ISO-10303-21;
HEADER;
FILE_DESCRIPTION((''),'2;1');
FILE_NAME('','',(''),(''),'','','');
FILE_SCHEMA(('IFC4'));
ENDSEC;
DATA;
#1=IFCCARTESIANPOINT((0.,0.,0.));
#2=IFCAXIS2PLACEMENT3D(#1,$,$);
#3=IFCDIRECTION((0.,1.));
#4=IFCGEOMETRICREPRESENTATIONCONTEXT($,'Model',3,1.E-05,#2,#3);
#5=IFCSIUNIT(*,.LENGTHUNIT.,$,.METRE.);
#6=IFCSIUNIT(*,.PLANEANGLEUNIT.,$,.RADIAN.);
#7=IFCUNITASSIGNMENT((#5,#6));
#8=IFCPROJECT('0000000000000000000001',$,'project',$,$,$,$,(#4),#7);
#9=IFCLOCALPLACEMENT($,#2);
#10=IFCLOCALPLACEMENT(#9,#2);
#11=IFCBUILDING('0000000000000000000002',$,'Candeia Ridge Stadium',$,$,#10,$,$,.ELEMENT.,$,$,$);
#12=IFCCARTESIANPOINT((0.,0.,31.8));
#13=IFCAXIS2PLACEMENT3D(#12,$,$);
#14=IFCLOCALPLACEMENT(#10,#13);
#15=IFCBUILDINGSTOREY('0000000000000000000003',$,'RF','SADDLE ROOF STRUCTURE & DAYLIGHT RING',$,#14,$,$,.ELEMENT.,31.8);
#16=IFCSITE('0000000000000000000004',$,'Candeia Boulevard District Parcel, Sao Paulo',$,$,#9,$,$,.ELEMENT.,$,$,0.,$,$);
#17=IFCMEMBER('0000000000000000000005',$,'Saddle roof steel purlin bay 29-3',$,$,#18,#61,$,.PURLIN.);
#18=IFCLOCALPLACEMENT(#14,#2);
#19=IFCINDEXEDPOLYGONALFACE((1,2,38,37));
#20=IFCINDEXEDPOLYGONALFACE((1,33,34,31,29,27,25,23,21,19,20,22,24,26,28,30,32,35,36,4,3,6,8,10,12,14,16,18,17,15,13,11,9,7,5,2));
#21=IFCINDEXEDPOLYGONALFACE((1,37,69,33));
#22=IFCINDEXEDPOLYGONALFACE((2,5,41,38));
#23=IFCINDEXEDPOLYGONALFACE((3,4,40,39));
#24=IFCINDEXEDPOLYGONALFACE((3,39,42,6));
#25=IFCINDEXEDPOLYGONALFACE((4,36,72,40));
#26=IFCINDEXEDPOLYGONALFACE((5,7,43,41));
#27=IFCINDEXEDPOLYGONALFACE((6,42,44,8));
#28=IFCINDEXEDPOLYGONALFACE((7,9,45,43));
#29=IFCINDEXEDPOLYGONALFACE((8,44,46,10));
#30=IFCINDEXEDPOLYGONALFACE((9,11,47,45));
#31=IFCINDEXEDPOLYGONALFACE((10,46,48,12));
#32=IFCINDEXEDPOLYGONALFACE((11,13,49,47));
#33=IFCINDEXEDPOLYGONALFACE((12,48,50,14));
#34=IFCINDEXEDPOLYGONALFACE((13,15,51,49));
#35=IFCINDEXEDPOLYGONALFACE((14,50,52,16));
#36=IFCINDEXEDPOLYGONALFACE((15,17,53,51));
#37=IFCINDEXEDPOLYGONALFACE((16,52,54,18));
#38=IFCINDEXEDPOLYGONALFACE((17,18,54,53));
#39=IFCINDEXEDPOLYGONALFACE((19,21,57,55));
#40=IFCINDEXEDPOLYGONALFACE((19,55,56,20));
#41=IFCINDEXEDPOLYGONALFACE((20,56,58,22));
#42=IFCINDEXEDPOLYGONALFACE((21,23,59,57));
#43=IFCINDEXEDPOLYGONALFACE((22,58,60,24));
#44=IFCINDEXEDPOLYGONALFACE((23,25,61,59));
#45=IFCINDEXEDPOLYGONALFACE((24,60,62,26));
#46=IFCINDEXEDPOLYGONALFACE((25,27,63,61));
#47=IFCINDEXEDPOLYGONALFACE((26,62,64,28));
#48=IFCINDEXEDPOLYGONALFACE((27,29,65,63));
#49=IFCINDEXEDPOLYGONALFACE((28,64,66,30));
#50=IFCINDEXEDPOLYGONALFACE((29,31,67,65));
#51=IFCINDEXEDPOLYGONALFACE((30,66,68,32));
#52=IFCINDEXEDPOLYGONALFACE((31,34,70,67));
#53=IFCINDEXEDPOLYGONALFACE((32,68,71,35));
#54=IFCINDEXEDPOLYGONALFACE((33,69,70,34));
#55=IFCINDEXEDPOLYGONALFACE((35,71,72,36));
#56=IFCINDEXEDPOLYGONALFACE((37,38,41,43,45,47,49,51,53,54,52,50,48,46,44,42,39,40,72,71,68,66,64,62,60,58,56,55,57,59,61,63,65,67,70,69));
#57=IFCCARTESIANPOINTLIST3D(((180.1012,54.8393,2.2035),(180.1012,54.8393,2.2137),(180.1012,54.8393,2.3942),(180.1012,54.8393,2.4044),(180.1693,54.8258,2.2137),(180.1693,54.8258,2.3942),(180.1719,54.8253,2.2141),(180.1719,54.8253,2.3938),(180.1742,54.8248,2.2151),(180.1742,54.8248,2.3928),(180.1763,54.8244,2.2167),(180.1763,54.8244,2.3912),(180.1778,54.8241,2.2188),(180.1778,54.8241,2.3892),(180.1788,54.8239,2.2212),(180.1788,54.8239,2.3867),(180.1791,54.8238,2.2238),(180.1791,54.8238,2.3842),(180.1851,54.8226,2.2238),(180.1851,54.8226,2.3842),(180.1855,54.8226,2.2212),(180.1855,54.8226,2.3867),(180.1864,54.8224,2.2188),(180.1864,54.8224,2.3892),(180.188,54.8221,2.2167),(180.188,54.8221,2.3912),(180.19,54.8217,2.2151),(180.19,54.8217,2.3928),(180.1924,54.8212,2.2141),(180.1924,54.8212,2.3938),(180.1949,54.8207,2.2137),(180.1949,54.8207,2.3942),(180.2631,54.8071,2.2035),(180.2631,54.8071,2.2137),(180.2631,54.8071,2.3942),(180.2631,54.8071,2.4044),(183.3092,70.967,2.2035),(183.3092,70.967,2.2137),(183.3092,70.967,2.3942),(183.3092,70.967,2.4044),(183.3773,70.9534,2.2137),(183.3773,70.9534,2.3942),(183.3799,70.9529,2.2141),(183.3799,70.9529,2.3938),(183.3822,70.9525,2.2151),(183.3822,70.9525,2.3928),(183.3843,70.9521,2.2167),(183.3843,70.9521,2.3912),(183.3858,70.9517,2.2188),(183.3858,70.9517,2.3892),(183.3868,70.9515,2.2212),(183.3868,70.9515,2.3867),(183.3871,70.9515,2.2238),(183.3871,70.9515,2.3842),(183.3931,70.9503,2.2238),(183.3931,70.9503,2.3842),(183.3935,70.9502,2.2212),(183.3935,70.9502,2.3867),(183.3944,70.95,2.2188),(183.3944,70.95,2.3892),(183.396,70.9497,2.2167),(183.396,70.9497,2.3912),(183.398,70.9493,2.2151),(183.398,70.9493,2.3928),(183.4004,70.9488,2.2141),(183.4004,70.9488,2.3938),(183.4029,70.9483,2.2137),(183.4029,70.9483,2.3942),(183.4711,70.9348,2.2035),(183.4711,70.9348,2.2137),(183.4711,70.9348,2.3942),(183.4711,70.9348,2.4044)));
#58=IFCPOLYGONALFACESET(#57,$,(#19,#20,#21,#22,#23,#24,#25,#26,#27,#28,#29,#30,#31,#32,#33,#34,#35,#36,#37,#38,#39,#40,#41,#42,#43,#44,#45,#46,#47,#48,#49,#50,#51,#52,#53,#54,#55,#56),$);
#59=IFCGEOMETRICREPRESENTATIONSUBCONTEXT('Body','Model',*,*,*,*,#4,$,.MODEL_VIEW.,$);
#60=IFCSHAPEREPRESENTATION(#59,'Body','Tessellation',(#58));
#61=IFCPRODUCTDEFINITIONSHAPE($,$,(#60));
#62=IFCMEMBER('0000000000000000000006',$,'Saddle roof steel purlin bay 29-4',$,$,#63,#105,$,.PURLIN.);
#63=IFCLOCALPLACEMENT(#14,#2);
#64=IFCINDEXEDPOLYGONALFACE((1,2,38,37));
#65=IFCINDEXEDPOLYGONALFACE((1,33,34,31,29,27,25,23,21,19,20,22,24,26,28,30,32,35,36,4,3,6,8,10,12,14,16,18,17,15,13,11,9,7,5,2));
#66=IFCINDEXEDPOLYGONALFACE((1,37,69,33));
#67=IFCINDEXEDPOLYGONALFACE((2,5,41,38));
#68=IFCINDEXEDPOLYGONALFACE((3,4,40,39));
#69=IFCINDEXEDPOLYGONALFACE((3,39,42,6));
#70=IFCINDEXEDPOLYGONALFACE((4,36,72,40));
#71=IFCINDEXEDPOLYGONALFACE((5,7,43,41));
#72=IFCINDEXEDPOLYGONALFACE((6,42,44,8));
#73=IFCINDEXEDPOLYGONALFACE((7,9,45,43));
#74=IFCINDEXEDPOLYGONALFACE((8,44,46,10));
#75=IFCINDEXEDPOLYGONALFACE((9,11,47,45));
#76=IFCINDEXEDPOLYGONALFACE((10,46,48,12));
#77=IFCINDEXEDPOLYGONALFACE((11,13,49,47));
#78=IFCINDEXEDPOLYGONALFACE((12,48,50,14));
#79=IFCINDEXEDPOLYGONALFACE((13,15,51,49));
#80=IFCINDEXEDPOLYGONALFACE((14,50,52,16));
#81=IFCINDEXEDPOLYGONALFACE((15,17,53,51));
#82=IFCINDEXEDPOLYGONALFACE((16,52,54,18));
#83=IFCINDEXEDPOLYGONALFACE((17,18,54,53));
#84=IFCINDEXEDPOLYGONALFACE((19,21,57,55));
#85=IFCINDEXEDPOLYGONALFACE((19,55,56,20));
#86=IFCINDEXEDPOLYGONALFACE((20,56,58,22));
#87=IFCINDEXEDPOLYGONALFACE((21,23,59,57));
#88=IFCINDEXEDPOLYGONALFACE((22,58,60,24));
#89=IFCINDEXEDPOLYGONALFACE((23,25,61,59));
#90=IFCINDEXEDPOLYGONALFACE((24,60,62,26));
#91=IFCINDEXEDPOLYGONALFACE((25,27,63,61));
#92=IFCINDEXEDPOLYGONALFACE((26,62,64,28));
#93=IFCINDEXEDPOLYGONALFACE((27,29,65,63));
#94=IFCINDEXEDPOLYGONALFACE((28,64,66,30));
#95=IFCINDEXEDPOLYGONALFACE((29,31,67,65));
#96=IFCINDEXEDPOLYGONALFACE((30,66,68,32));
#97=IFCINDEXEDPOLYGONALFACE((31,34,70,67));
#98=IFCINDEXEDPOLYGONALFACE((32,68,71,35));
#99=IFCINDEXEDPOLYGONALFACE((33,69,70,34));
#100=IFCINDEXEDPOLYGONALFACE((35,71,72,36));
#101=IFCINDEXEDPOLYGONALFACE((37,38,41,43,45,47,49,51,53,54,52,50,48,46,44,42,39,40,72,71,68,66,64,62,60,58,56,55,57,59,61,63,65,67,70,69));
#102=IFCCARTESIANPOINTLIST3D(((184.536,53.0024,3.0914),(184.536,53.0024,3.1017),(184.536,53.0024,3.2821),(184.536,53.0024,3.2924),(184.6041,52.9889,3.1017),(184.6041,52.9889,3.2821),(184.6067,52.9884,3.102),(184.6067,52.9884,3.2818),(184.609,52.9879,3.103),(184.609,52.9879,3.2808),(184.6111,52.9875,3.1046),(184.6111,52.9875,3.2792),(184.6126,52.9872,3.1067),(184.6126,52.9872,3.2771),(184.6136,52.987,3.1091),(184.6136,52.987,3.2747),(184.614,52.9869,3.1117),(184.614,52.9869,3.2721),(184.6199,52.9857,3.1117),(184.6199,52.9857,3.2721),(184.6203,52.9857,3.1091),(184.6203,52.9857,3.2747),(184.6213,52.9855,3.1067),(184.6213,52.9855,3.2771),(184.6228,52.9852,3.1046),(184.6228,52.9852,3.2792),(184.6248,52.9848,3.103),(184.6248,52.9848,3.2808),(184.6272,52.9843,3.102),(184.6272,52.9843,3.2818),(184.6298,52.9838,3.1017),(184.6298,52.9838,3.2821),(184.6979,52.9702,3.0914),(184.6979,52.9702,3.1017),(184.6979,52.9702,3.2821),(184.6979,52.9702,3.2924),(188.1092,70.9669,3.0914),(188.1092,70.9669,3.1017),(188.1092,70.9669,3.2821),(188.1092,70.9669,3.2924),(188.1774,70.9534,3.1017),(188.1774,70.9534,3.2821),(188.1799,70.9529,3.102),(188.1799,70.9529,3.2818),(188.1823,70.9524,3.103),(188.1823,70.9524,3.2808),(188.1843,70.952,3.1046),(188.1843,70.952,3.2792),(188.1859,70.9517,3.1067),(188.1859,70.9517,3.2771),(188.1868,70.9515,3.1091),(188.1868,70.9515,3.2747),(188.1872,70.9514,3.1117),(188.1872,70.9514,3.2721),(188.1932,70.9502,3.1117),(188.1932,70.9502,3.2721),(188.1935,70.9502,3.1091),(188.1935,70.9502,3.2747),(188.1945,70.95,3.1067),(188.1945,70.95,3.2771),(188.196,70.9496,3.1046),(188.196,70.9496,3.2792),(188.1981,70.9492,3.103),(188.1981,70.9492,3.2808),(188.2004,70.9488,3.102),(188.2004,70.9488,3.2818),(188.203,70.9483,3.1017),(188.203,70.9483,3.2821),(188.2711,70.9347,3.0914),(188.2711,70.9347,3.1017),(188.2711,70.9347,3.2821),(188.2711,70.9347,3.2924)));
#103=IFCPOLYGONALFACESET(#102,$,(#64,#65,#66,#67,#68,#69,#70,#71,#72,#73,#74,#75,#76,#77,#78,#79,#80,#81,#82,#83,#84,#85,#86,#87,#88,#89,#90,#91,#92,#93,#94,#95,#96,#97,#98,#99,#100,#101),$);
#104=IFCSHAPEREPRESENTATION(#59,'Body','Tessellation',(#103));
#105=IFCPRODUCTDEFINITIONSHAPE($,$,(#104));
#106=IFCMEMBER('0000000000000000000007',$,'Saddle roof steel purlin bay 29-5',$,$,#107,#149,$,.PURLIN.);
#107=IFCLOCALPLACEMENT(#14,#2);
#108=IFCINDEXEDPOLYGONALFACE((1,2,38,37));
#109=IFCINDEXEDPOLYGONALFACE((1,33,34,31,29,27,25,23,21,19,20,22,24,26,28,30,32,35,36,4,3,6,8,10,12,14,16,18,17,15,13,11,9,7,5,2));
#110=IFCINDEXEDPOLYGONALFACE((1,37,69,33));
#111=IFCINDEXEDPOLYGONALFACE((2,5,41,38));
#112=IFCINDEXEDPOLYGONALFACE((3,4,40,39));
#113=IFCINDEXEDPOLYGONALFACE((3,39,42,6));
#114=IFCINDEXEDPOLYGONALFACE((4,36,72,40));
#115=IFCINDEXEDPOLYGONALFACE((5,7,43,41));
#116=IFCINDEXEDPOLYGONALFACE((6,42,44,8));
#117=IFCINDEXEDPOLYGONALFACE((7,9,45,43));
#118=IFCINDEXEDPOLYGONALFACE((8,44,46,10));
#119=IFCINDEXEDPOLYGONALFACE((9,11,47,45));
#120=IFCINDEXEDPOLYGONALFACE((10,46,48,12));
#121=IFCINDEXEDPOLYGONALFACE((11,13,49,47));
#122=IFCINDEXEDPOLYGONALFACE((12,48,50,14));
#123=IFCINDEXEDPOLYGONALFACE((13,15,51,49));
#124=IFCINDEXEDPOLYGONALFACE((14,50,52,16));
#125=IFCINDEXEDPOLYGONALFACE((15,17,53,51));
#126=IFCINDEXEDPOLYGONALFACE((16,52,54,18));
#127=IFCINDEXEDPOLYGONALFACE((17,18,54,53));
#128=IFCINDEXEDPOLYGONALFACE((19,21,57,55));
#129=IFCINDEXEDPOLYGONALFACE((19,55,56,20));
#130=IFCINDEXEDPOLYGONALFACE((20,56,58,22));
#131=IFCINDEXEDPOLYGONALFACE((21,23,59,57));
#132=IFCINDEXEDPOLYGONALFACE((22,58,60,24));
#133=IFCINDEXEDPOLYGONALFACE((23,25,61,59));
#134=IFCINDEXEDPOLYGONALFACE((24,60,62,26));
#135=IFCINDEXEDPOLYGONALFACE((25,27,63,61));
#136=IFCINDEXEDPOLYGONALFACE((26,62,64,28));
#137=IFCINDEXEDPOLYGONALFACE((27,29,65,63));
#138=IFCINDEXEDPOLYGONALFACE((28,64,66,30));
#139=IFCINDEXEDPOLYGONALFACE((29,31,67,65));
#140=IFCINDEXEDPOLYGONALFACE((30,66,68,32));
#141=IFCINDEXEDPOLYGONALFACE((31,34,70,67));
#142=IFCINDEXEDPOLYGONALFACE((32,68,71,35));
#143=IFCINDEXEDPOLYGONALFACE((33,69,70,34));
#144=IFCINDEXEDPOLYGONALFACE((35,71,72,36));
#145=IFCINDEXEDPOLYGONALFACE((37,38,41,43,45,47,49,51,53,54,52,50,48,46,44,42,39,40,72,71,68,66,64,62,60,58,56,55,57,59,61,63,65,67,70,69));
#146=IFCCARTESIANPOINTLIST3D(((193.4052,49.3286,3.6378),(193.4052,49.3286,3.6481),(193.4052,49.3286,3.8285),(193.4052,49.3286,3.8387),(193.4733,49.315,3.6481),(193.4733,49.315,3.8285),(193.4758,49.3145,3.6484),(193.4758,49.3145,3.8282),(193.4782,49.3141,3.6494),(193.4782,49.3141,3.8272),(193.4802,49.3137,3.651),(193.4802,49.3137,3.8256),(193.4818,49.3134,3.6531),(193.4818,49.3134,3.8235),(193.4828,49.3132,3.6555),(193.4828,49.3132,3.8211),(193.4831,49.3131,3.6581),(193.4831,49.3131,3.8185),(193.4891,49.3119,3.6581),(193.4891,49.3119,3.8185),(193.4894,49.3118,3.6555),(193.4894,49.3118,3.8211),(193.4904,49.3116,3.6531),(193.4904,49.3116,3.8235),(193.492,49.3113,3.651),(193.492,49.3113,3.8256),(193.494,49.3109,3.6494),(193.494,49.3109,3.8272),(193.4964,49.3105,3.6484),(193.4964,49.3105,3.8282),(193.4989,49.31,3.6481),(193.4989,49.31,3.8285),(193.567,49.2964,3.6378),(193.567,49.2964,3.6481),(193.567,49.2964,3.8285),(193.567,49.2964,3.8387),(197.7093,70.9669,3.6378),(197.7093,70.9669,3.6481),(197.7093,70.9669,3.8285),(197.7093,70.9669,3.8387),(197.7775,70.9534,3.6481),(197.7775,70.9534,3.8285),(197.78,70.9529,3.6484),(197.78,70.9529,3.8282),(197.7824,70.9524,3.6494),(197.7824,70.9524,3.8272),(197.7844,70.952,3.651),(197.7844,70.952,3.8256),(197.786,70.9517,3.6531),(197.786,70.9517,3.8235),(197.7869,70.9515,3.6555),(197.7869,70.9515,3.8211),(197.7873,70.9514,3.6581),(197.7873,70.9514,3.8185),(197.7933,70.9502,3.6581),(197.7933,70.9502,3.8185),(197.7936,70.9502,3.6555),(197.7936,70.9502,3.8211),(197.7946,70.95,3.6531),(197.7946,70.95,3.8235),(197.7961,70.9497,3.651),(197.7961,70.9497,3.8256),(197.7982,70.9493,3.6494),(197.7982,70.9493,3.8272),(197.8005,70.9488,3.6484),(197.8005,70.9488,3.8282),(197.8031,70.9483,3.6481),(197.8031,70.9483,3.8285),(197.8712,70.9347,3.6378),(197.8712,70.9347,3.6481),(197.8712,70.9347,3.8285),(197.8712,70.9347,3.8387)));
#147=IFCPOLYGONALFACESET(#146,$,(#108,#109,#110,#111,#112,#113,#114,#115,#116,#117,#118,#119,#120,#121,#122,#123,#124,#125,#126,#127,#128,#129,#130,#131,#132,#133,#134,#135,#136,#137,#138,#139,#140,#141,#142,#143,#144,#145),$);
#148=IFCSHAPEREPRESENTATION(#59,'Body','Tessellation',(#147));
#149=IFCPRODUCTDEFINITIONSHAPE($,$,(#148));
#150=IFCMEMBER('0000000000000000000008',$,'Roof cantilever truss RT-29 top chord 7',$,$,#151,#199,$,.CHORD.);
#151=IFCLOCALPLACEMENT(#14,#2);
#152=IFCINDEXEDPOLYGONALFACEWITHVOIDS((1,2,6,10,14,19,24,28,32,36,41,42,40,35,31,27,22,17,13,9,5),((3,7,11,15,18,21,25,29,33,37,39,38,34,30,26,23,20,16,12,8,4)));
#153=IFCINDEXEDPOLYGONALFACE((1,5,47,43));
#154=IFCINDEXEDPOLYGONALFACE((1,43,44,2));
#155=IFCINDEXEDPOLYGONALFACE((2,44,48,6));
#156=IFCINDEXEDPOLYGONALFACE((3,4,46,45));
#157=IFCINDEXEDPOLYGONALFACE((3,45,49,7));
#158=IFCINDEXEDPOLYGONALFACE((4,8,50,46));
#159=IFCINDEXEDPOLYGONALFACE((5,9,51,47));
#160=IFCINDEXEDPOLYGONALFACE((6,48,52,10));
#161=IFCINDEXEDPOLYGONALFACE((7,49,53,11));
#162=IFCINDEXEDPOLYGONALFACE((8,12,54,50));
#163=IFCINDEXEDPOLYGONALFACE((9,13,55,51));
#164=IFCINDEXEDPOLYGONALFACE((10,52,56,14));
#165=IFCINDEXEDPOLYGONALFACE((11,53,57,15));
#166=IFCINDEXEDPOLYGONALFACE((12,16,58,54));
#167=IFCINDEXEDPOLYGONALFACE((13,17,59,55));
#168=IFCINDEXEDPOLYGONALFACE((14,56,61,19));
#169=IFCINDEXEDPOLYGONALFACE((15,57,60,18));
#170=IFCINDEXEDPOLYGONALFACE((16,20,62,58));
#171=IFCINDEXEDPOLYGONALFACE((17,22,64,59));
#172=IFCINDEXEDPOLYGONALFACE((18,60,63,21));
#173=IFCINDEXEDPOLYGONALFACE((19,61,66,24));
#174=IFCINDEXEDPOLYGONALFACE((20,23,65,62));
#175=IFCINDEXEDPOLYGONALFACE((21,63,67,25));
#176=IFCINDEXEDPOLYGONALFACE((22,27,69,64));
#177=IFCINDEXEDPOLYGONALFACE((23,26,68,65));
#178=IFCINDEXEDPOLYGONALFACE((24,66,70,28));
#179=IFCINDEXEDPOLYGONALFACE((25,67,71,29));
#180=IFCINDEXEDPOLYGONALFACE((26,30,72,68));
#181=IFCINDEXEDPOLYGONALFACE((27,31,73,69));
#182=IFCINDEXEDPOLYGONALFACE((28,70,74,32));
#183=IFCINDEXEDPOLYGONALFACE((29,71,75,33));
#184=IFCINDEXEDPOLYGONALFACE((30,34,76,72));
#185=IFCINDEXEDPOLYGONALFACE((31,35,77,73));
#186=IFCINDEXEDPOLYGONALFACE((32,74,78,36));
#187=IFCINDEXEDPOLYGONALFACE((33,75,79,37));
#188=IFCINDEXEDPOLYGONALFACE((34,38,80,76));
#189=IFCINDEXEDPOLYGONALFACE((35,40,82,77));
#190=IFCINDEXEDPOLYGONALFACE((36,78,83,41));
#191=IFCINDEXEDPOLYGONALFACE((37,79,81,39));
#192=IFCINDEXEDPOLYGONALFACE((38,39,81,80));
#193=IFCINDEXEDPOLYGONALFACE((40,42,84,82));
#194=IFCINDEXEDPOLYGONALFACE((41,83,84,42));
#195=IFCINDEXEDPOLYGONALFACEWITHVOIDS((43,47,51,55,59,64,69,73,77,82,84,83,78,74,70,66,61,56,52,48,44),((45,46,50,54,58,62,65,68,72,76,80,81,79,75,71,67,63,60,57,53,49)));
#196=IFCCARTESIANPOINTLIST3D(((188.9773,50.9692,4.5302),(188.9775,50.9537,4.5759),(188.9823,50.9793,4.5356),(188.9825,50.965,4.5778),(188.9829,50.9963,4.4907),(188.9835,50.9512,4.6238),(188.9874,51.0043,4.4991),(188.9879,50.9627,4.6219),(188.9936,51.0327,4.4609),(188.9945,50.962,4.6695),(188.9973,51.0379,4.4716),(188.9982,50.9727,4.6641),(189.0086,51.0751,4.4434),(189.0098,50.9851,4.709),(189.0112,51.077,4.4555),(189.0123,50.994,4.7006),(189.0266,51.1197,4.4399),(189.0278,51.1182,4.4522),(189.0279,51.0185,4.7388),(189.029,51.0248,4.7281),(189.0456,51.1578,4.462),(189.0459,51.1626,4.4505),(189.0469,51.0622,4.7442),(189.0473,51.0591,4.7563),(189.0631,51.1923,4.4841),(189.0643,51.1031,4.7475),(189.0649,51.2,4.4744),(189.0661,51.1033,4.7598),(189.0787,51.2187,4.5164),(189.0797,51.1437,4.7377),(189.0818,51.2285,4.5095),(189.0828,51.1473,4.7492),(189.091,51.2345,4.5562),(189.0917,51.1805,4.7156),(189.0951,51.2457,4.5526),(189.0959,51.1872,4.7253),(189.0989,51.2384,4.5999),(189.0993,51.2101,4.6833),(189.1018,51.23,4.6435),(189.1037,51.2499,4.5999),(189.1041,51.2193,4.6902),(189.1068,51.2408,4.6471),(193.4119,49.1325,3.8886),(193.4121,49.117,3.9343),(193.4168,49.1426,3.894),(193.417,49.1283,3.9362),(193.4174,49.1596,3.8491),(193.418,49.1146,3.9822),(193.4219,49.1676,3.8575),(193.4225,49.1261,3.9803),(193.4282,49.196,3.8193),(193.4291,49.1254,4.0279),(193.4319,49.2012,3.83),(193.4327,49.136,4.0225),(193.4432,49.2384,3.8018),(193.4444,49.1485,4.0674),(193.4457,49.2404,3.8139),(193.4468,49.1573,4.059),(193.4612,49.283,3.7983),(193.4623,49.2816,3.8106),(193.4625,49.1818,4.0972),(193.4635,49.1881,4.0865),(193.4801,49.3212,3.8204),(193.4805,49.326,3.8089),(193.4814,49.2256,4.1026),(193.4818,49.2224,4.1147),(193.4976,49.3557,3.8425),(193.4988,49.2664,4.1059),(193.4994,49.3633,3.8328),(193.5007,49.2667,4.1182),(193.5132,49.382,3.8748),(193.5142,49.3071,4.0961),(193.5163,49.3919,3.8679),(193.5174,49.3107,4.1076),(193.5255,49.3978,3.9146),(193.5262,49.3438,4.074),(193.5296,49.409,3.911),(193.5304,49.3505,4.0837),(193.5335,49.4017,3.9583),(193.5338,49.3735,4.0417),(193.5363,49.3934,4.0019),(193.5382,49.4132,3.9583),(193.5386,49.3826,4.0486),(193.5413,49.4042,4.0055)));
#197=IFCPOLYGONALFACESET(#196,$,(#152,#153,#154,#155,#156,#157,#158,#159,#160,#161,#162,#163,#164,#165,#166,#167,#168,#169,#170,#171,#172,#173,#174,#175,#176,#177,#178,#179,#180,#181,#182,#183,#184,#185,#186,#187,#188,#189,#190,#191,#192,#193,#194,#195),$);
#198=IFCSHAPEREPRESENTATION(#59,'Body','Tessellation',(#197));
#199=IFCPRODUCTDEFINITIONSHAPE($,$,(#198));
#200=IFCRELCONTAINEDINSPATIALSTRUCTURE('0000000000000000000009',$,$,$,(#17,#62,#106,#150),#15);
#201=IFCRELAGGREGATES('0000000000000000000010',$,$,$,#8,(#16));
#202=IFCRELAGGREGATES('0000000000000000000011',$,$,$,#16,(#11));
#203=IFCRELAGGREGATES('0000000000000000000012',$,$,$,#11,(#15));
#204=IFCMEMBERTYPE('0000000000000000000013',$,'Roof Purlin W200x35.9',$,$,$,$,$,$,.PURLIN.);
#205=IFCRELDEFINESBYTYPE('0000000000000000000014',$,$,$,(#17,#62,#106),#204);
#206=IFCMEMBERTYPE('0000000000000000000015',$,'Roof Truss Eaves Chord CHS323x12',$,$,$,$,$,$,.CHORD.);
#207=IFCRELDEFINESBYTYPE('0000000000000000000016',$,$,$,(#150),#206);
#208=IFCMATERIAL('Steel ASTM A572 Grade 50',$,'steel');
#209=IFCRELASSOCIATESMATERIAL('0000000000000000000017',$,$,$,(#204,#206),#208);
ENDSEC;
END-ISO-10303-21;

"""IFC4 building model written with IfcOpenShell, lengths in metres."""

from ifc_helpers import new_model, si_unit, direction, frame, origin, origin_2d, place, context, subcontext, project, spatial, hollow_circle, i_section, extrude, material, material_profile, profile_set, type_object, element, save


model = new_model("IFC4")

# Units and contexts
model_context = context("Model", 3, precision=1e-05, world=origin(), true_north=direction((0.0, 1.0)))
body_context = subcontext(model_context, "Body", "Model", "MODEL_VIEW")
ifc_project = project(units=[si_unit("LENGTHUNIT", "METRE"), si_unit("PLANEANGLEUNIT", "RADIAN")], contexts=[model_context])

# Site, building, storey
site_placement = place(None, origin())
site = spatial("IfcSite", under=ifc_project, at=site_placement, Name="Candeia Boulevard District Parcel, Sao Paulo", CompositionType="ELEMENT", RefElevation=0.0)
building_placement = place(site_placement, origin())
building = spatial("IfcBuilding", under=site, at=building_placement, Name="Candeia Ridge Stadium", CompositionType="ELEMENT")
storey_placement = place(building_placement, frame((0.0, 0.0, 31.8)))
storey = spatial("IfcBuildingStorey", under=building, at=storey_placement, Name="RF", Description="SADDLE ROOF STRUCTURE & DAYLIGHT RING", CompositionType="ELEMENT", Elevation=31.8)

# Shared definitions
ifc_material = material(Name="Steel ASTM A572 Grade 50", Category="steel")

# Members
ifc_material_profile_1 = material_profile(ifc_material, i_section(OverallWidth=0.165, OverallDepth=0.2009, WebThickness=0.0061, FlangeThickness=0.0103, FilletRadius=0.01, at=origin_2d()), Name="W200x35.9", Category="steel")
ifc_profile_set_1 = profile_set([ifc_material_profile_1], Name="Steel ASTM A572 Grade 50")
member_type_1 = type_object("IfcMemberType", Name="Roof Purlin W200x35.9", PredefinedType="PURLIN", material=ifc_profile_set_1)
member_1_placement = place(storey_placement, frame((180.1821, 54.8232, 2.304), z_axis=(0.195091, 0.980785, 0.0), x_axis=(-0.980785, 0.195091, 0.0)))
element("IfcMember", 1, at=member_1_placement, inside=storey, type_object=member_type_1, Name="Saddle roof steel purlin bay 29-3", PredefinedType="PURLIN", context=body_context, shape_type="SweptSolid", body=[
    extrude(i_section(OverallWidth=0.165, OverallDepth=0.2009, WebThickness=0.0061, FlangeThickness=0.0103, FilletRadius=0.01, at=origin_2d()), origin(), (0.0, 0.0, 1.0), 16.4436),
])
member_2_placement = place(storey_placement, frame((184.6169, 52.9863, 3.1919), z_axis=(0.195083, 0.980787, 0.0), x_axis=(-0.980787, 0.195083, 0.0)))
element("IfcMember", 2, at=member_2_placement, inside=storey, type_object=member_type_1, Name="Saddle roof steel purlin bay 29-4", PredefinedType="PURLIN", context=body_context, shape_type="SweptSolid", body=[
    extrude(i_section(OverallWidth=0.165, OverallDepth=0.2009, WebThickness=0.0061, FlangeThickness=0.0103, FilletRadius=0.01, at=origin_2d()), origin(), (0.0, 0.0, 1.0), 18.3164),
])
member_3_placement = place(storey_placement, frame((193.4861, 49.3125, 3.7383), z_axis=(0.195092, 0.980785, 0.0), x_axis=(-0.980785, 0.195092, 0.0)))
element("IfcMember", 3, at=member_3_placement, inside=storey, type_object=member_type_1, Name="Saddle roof steel purlin bay 29-5", PredefinedType="PURLIN", context=body_context, shape_type="SweptSolid", body=[
    extrude(i_section(OverallWidth=0.165, OverallDepth=0.2009, WebThickness=0.0061, FlangeThickness=0.0103, FilletRadius=0.01, at=origin_2d()), origin(), (0.0, 0.0, 1.0), 22.0623),
])
ifc_material_profile_2 = material_profile(ifc_material, hollow_circle(Radius=0.1619, WallThickness=0.0125, at=origin_2d()), Name="CHS323x12", Category="steel")
ifc_profile_set_2 = profile_set([ifc_material_profile_2], Name="Steel ASTM A572 Grade 50")
member_type_2 = type_object("IfcMemberType", Name="Roof Truss Eaves Chord CHS323x12", PredefinedType="CHORD", material=ifc_profile_set_2)
member_4_placement = place(storey_placement, frame((189.0417, 51.1003, 4.5999), z_axis=(0.915748, -0.379276, -0.132492), x_axis=(0.38265, 0.923893, 0.0)))
element("IfcMember", 4, at=member_4_placement, inside=storey, type_object=member_type_2, Name="Roof cantilever truss RT-29 top chord 7", PredefinedType="CHORD", context=body_context, shape_type="SweptSolid", body=[
    extrude(hollow_circle(Radius=0.1619, WallThickness=0.0125, at=origin_2d()), origin(), (0.0, 0.0, 1.0), 4.8425),
])

save(model, "model.ifc")
